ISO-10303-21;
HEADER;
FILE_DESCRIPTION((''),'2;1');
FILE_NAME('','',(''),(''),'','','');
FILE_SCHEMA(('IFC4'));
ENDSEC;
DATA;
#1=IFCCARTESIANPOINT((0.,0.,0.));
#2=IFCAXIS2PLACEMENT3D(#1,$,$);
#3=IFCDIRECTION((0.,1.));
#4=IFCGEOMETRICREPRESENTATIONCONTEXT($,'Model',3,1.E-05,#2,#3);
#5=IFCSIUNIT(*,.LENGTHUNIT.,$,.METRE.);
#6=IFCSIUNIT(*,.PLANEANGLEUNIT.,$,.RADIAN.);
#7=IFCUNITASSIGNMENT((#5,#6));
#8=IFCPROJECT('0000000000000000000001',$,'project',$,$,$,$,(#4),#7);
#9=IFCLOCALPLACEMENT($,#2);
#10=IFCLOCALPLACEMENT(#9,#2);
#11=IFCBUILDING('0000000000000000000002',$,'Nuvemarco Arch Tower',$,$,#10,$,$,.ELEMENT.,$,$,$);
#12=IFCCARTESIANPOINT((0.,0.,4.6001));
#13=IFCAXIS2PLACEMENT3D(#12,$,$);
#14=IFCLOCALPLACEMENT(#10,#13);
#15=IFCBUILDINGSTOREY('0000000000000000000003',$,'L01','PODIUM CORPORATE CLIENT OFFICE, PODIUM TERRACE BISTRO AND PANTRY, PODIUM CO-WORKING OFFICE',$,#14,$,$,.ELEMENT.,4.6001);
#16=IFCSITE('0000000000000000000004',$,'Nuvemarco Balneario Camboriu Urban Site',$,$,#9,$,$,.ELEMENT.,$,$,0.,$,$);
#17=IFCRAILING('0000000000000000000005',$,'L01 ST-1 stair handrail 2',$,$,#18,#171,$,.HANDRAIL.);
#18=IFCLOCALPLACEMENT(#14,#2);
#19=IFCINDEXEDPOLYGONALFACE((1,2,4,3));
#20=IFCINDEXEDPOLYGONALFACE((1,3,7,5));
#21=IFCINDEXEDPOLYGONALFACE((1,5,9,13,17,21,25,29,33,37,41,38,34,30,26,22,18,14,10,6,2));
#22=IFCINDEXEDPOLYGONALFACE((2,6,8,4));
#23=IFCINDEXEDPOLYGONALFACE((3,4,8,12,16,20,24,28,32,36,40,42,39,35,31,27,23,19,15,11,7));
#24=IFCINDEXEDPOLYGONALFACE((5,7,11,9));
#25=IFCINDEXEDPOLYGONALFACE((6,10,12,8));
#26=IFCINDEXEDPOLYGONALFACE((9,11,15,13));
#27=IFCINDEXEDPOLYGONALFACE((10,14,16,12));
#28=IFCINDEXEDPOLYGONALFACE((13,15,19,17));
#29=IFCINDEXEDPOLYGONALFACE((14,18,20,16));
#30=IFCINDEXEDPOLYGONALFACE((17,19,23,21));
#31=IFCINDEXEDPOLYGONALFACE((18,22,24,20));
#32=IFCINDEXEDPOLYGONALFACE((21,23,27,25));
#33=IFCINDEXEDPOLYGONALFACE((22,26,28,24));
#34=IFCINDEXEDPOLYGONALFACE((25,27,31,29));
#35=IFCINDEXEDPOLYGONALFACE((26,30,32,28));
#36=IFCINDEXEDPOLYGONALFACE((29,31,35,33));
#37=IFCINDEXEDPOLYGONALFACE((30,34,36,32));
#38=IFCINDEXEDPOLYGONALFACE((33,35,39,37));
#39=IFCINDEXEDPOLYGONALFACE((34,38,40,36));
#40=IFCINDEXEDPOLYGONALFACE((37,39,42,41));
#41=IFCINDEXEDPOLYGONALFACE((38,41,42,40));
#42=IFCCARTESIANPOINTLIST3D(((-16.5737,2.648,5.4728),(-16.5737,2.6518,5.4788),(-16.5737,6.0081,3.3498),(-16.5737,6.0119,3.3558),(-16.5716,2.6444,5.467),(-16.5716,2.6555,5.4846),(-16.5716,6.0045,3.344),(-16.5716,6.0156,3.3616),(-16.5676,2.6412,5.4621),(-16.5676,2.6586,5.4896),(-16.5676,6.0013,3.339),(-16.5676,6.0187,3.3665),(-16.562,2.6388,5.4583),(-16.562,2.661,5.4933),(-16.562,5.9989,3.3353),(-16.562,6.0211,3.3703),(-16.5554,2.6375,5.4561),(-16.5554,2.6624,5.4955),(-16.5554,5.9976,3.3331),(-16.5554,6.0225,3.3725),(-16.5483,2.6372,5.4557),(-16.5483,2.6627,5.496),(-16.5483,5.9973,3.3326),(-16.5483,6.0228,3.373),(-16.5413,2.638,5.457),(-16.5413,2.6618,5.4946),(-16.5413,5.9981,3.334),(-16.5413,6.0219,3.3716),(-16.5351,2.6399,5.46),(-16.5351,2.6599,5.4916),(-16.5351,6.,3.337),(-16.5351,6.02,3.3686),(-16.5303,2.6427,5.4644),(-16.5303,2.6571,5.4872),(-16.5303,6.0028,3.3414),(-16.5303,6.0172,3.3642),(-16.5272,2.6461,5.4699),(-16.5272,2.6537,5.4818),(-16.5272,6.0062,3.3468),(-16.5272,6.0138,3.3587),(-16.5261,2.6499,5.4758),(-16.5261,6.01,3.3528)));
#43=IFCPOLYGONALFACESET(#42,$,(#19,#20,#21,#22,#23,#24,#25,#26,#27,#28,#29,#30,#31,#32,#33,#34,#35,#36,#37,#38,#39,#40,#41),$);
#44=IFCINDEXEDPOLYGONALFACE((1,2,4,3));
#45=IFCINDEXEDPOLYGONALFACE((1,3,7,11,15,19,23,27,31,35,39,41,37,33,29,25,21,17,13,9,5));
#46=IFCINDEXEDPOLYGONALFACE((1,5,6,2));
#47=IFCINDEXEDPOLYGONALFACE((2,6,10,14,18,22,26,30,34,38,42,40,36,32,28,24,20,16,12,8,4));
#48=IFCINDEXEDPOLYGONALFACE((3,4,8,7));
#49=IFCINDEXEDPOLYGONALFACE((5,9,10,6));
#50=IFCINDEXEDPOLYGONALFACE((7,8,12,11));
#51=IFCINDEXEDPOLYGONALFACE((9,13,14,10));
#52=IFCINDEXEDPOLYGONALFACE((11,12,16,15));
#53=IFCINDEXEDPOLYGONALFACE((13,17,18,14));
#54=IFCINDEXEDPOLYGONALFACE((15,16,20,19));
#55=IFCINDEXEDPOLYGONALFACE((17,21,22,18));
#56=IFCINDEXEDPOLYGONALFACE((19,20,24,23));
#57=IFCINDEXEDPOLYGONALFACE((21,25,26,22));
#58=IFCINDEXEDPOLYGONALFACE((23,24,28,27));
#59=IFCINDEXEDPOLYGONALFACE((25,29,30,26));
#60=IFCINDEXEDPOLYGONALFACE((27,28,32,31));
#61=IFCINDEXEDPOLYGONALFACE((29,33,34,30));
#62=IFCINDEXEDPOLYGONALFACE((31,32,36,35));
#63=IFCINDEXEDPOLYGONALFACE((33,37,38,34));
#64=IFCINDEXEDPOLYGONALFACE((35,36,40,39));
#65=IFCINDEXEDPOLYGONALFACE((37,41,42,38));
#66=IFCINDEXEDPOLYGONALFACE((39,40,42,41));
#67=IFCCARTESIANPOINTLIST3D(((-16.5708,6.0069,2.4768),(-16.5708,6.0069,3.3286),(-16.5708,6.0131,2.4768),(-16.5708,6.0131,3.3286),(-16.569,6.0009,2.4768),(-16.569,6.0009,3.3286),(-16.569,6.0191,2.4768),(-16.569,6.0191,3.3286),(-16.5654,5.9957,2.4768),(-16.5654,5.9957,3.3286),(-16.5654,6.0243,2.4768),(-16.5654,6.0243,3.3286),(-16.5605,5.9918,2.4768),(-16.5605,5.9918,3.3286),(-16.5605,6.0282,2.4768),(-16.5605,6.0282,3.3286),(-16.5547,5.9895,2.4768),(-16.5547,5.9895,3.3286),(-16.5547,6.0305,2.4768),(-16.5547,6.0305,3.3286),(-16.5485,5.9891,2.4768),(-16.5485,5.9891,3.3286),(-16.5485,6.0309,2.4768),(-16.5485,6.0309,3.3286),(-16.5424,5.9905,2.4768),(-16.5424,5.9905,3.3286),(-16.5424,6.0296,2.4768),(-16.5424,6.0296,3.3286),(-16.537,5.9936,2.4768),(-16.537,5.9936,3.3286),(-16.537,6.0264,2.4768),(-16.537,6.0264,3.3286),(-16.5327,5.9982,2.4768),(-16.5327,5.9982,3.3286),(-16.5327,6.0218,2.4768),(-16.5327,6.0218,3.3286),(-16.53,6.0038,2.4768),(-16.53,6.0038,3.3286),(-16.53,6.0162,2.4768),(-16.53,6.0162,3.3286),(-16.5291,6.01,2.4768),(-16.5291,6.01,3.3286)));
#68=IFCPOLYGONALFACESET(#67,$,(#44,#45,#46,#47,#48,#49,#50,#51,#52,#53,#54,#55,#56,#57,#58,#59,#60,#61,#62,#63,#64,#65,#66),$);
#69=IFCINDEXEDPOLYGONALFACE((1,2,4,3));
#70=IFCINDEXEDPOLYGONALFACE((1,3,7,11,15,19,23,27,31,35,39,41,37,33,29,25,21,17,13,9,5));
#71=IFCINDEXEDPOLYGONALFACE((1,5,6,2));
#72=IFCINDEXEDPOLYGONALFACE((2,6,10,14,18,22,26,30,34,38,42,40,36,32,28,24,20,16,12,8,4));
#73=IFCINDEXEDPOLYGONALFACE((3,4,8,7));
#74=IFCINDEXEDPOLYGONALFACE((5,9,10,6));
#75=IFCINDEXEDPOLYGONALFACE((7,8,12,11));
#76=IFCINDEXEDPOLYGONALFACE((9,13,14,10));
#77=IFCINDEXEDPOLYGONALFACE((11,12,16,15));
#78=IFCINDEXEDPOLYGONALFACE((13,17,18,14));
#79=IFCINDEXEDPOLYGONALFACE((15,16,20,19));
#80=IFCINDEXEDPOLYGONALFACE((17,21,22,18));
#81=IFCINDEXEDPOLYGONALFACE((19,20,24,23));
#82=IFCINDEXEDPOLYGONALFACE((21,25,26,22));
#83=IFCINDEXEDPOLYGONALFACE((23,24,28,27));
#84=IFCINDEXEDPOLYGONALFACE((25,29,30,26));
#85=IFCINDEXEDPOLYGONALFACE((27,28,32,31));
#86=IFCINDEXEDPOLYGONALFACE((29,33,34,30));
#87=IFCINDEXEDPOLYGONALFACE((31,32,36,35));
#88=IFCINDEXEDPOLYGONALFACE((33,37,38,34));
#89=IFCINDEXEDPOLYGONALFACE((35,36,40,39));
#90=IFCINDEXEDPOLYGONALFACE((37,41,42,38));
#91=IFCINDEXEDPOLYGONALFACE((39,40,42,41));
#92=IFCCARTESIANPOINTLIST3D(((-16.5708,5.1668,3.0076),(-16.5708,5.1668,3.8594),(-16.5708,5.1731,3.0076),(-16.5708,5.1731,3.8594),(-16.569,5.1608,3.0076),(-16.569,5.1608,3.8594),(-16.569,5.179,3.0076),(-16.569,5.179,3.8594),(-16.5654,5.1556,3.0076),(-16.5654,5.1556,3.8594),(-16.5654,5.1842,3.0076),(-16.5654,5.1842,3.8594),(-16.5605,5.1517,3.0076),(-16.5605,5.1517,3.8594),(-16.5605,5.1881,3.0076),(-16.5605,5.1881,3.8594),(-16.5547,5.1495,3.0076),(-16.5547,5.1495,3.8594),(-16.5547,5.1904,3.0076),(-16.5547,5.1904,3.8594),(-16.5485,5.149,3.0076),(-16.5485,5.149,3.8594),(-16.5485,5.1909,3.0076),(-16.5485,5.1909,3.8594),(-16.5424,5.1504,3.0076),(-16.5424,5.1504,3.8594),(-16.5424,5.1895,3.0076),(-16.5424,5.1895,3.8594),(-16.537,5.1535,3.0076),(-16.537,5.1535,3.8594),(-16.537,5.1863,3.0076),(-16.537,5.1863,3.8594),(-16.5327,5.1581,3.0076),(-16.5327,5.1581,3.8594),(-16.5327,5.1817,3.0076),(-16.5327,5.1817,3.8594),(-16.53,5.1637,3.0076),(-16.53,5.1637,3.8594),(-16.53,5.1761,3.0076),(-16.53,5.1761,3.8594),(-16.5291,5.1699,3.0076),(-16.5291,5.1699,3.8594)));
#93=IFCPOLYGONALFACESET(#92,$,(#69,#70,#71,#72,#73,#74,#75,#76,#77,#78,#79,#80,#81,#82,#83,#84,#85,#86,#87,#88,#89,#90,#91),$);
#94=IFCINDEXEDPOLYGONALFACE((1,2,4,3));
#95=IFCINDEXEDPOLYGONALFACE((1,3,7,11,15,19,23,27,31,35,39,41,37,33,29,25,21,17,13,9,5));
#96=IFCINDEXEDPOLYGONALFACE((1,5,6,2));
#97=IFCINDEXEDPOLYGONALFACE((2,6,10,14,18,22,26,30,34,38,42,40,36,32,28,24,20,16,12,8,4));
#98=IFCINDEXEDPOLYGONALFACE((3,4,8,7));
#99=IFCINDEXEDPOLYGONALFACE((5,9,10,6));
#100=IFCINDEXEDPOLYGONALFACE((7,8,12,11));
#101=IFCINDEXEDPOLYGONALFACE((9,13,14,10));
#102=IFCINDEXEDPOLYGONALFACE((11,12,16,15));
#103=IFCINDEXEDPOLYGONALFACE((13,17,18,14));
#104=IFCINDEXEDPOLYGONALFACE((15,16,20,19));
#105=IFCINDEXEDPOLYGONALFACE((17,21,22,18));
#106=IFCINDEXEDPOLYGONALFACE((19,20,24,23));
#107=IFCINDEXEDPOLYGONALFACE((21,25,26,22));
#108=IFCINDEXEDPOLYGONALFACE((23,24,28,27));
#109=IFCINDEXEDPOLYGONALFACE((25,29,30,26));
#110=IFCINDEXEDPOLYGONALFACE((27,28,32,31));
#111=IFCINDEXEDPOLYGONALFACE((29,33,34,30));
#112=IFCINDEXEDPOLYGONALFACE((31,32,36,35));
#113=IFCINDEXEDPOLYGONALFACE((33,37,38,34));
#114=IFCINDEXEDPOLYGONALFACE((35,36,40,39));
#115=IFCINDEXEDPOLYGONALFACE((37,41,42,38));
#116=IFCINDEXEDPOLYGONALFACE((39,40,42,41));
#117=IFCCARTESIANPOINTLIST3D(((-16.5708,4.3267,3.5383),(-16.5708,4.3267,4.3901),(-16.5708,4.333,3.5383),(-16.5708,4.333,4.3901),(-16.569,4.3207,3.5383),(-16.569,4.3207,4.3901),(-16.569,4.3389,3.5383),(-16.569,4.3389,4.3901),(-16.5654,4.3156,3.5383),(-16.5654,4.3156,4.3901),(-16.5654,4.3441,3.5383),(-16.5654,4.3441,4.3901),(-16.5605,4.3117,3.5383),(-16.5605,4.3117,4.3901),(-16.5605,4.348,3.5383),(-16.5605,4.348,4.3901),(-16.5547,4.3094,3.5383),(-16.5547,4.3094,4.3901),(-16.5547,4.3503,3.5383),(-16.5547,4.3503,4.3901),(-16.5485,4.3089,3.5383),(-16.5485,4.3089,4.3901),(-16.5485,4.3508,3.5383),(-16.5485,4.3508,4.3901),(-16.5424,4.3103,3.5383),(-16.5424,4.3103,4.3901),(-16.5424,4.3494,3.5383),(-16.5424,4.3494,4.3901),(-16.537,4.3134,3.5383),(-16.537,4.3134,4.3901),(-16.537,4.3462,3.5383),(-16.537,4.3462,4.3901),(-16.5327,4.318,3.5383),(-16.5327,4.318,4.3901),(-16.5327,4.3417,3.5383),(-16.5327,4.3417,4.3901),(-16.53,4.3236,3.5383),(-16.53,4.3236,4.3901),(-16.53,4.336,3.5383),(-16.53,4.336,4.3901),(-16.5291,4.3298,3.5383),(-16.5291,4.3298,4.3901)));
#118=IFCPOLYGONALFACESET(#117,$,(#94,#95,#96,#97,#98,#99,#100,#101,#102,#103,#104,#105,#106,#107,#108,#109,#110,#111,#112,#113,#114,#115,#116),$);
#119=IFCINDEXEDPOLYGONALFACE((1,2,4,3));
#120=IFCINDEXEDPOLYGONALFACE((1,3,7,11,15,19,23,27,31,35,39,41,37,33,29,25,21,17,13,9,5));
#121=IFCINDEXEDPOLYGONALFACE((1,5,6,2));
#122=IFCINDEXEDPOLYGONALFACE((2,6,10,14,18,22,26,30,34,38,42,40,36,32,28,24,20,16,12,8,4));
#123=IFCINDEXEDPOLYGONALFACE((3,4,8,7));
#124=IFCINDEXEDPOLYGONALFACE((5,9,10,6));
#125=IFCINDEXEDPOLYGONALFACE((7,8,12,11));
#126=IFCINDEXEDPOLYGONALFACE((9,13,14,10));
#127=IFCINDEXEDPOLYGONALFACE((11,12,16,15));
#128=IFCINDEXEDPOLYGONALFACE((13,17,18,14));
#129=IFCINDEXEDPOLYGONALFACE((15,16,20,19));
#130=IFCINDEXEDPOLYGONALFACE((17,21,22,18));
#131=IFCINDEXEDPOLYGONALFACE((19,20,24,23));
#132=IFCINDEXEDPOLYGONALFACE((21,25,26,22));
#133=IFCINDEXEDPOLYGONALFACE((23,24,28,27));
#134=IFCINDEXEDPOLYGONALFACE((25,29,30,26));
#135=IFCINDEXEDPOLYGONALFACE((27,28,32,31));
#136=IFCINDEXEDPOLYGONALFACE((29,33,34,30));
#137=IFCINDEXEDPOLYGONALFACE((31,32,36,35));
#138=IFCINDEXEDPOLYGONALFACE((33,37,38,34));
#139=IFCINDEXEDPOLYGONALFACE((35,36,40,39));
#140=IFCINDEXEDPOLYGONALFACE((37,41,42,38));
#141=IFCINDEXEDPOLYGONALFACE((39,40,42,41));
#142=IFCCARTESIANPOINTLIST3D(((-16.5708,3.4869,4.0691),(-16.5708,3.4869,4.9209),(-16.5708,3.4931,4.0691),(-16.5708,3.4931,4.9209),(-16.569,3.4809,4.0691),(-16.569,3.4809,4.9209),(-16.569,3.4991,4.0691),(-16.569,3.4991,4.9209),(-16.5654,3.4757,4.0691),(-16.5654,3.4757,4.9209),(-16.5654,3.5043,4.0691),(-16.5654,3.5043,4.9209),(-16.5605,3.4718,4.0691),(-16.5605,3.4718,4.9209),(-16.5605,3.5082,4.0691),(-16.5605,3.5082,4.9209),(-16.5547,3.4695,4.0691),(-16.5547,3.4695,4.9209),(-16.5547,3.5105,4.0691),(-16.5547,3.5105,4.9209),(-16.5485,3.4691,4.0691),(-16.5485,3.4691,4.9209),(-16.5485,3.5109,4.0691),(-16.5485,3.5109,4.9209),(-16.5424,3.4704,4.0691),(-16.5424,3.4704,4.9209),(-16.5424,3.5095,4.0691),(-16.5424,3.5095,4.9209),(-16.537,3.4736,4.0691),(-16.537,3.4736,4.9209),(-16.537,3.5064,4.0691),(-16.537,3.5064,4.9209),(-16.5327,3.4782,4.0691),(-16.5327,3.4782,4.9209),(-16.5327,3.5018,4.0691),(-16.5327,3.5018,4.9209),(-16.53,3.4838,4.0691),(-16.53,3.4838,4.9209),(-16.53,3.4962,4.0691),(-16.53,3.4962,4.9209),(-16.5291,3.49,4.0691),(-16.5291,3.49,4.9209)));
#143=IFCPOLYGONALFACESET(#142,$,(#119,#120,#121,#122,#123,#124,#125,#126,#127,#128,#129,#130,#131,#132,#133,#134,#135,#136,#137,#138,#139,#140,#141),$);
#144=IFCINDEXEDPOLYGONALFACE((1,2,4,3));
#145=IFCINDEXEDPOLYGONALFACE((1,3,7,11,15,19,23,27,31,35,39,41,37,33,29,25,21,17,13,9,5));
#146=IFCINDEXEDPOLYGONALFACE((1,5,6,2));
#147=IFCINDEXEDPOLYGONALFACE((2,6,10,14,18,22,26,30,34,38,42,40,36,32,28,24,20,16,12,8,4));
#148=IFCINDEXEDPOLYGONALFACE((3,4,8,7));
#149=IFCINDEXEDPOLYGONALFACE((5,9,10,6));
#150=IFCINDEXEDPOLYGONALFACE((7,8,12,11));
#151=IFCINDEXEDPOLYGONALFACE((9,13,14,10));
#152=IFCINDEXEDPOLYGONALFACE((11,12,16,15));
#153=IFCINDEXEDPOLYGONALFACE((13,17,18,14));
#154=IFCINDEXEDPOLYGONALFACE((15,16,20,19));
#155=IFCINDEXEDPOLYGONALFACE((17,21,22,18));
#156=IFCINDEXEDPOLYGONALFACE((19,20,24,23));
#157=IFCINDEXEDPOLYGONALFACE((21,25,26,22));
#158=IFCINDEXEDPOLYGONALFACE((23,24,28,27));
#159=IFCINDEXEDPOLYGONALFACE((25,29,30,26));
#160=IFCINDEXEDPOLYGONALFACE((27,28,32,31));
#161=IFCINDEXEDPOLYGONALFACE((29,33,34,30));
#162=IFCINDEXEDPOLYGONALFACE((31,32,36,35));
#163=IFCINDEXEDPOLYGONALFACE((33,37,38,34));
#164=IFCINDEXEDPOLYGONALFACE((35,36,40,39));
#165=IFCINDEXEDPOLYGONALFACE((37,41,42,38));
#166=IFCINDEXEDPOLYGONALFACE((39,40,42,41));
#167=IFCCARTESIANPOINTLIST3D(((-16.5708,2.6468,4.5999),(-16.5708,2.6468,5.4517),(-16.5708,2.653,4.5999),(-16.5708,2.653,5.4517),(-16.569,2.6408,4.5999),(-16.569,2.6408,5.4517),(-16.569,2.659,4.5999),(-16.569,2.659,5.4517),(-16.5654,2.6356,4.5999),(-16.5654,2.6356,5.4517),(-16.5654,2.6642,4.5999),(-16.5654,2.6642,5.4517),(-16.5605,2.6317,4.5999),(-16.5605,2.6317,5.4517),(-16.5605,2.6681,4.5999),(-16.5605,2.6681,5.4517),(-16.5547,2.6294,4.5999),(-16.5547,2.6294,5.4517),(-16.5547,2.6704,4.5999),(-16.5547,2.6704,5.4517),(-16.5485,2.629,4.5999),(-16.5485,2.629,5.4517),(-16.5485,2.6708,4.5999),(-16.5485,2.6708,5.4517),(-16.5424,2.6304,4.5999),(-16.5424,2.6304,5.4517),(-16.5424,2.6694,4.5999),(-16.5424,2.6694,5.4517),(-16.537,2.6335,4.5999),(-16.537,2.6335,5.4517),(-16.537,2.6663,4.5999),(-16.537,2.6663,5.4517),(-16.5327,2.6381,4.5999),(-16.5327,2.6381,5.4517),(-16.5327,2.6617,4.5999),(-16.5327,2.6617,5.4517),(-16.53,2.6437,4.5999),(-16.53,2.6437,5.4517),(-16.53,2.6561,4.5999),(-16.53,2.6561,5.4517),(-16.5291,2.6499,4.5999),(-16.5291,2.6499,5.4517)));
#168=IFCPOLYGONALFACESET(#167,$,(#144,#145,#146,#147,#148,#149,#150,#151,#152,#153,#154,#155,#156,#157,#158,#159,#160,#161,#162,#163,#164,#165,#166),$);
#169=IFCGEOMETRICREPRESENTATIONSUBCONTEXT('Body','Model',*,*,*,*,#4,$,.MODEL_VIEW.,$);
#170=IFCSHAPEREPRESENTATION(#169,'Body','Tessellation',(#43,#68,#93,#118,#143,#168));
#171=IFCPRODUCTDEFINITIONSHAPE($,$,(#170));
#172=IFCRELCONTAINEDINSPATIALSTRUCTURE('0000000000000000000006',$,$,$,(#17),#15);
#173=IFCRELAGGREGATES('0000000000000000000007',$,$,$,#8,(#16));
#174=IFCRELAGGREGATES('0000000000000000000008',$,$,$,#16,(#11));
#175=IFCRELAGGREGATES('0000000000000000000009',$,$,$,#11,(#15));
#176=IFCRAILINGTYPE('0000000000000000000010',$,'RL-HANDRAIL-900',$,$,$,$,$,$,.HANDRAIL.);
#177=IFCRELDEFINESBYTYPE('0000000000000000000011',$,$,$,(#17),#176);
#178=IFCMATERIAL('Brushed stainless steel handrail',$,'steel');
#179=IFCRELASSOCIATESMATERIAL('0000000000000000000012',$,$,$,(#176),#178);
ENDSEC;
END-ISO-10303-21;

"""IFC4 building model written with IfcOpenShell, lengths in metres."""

from ifc_helpers import new_model, si_unit, direction, frame, origin, origin_2d, place, context, subcontext, project, spatial, circle, extrude, material, type_object, element, save


model = new_model("IFC4")

# Units and contexts
model_context = context("Model", 3, precision=1e-05, world=origin(), true_north=direction((0.0, 1.0)))
body_context = subcontext(model_context, "Body", "Model", "MODEL_VIEW")
ifc_project = project(units=[si_unit("LENGTHUNIT", "METRE"), si_unit("PLANEANGLEUNIT", "RADIAN")], contexts=[model_context])

# Site, building, storey
site_placement = place(None, origin())
site = spatial("IfcSite", under=ifc_project, at=site_placement, Name="Nuvemarco Balneario Camboriu Urban Site", CompositionType="ELEMENT", RefElevation=0.0)
building_placement = place(site_placement, origin())
building = spatial("IfcBuilding", under=site, at=building_placement, Name="Nuvemarco Arch Tower", CompositionType="ELEMENT")
storey_placement = place(building_placement, frame((0.0, 0.0, 4.6001)))
storey = spatial("IfcBuildingStorey", under=building, at=storey_placement, Name="L01", Description="PODIUM CORPORATE CLIENT OFFICE, PODIUM TERRACE BISTRO AND PANTRY, PODIUM CO-WORKING OFFICE", CompositionType="ELEMENT", Elevation=4.6001)

# Railing
ifc_material_1 = material(Name="Brushed stainless steel handrail", Category="steel")
railing_type_1 = type_object("IfcRailingType", Name="RL-HANDRAIL-900", PredefinedType="HANDRAIL", material=ifc_material_1)
railing_1_placement = place(storey_placement, frame((-16.55, 6.01, 2.4768)))
element("IfcRailing", 1, at=railing_1_placement, inside=storey, type_object=railing_type_1, Name="L01 ST-1 stair handrail 2", PredefinedType="HANDRAIL", context=body_context, shape_type="SweptSolid", body=[
    extrude(circle(Radius=0.0239, at=origin_2d()), frame((0.0, 0.0, 0.876), z_axis=(0.0, -0.84539, 0.53415), x_axis=(1.0, 0.0, 0.0)), (0.0, 0.0, 1.0), 3.9746),
    extrude(circle(Radius=0.021, at=origin_2d()), origin(), (0.0, 0.0, 1.0), 0.8518),
    extrude(circle(Radius=0.021, at=origin_2d()), frame((0.0, -0.8401, 0.5308)), (0.0, 0.0, 1.0), 0.8518),
    extrude(circle(Radius=0.021, at=origin_2d()), frame((0.0, -1.6802, 1.0615)), (0.0, 0.0, 1.0), 0.8518),
    extrude(circle(Radius=0.021, at=origin_2d()), frame((0.0, -2.52, 1.5923)), (0.0, 0.0, 1.0), 0.8518),
    extrude(circle(Radius=0.021, at=origin_2d()), frame((0.0, -3.3601, 2.123)), (0.0, 0.0, 1.0), 0.8518),
])

save(model, "model.ifc")
